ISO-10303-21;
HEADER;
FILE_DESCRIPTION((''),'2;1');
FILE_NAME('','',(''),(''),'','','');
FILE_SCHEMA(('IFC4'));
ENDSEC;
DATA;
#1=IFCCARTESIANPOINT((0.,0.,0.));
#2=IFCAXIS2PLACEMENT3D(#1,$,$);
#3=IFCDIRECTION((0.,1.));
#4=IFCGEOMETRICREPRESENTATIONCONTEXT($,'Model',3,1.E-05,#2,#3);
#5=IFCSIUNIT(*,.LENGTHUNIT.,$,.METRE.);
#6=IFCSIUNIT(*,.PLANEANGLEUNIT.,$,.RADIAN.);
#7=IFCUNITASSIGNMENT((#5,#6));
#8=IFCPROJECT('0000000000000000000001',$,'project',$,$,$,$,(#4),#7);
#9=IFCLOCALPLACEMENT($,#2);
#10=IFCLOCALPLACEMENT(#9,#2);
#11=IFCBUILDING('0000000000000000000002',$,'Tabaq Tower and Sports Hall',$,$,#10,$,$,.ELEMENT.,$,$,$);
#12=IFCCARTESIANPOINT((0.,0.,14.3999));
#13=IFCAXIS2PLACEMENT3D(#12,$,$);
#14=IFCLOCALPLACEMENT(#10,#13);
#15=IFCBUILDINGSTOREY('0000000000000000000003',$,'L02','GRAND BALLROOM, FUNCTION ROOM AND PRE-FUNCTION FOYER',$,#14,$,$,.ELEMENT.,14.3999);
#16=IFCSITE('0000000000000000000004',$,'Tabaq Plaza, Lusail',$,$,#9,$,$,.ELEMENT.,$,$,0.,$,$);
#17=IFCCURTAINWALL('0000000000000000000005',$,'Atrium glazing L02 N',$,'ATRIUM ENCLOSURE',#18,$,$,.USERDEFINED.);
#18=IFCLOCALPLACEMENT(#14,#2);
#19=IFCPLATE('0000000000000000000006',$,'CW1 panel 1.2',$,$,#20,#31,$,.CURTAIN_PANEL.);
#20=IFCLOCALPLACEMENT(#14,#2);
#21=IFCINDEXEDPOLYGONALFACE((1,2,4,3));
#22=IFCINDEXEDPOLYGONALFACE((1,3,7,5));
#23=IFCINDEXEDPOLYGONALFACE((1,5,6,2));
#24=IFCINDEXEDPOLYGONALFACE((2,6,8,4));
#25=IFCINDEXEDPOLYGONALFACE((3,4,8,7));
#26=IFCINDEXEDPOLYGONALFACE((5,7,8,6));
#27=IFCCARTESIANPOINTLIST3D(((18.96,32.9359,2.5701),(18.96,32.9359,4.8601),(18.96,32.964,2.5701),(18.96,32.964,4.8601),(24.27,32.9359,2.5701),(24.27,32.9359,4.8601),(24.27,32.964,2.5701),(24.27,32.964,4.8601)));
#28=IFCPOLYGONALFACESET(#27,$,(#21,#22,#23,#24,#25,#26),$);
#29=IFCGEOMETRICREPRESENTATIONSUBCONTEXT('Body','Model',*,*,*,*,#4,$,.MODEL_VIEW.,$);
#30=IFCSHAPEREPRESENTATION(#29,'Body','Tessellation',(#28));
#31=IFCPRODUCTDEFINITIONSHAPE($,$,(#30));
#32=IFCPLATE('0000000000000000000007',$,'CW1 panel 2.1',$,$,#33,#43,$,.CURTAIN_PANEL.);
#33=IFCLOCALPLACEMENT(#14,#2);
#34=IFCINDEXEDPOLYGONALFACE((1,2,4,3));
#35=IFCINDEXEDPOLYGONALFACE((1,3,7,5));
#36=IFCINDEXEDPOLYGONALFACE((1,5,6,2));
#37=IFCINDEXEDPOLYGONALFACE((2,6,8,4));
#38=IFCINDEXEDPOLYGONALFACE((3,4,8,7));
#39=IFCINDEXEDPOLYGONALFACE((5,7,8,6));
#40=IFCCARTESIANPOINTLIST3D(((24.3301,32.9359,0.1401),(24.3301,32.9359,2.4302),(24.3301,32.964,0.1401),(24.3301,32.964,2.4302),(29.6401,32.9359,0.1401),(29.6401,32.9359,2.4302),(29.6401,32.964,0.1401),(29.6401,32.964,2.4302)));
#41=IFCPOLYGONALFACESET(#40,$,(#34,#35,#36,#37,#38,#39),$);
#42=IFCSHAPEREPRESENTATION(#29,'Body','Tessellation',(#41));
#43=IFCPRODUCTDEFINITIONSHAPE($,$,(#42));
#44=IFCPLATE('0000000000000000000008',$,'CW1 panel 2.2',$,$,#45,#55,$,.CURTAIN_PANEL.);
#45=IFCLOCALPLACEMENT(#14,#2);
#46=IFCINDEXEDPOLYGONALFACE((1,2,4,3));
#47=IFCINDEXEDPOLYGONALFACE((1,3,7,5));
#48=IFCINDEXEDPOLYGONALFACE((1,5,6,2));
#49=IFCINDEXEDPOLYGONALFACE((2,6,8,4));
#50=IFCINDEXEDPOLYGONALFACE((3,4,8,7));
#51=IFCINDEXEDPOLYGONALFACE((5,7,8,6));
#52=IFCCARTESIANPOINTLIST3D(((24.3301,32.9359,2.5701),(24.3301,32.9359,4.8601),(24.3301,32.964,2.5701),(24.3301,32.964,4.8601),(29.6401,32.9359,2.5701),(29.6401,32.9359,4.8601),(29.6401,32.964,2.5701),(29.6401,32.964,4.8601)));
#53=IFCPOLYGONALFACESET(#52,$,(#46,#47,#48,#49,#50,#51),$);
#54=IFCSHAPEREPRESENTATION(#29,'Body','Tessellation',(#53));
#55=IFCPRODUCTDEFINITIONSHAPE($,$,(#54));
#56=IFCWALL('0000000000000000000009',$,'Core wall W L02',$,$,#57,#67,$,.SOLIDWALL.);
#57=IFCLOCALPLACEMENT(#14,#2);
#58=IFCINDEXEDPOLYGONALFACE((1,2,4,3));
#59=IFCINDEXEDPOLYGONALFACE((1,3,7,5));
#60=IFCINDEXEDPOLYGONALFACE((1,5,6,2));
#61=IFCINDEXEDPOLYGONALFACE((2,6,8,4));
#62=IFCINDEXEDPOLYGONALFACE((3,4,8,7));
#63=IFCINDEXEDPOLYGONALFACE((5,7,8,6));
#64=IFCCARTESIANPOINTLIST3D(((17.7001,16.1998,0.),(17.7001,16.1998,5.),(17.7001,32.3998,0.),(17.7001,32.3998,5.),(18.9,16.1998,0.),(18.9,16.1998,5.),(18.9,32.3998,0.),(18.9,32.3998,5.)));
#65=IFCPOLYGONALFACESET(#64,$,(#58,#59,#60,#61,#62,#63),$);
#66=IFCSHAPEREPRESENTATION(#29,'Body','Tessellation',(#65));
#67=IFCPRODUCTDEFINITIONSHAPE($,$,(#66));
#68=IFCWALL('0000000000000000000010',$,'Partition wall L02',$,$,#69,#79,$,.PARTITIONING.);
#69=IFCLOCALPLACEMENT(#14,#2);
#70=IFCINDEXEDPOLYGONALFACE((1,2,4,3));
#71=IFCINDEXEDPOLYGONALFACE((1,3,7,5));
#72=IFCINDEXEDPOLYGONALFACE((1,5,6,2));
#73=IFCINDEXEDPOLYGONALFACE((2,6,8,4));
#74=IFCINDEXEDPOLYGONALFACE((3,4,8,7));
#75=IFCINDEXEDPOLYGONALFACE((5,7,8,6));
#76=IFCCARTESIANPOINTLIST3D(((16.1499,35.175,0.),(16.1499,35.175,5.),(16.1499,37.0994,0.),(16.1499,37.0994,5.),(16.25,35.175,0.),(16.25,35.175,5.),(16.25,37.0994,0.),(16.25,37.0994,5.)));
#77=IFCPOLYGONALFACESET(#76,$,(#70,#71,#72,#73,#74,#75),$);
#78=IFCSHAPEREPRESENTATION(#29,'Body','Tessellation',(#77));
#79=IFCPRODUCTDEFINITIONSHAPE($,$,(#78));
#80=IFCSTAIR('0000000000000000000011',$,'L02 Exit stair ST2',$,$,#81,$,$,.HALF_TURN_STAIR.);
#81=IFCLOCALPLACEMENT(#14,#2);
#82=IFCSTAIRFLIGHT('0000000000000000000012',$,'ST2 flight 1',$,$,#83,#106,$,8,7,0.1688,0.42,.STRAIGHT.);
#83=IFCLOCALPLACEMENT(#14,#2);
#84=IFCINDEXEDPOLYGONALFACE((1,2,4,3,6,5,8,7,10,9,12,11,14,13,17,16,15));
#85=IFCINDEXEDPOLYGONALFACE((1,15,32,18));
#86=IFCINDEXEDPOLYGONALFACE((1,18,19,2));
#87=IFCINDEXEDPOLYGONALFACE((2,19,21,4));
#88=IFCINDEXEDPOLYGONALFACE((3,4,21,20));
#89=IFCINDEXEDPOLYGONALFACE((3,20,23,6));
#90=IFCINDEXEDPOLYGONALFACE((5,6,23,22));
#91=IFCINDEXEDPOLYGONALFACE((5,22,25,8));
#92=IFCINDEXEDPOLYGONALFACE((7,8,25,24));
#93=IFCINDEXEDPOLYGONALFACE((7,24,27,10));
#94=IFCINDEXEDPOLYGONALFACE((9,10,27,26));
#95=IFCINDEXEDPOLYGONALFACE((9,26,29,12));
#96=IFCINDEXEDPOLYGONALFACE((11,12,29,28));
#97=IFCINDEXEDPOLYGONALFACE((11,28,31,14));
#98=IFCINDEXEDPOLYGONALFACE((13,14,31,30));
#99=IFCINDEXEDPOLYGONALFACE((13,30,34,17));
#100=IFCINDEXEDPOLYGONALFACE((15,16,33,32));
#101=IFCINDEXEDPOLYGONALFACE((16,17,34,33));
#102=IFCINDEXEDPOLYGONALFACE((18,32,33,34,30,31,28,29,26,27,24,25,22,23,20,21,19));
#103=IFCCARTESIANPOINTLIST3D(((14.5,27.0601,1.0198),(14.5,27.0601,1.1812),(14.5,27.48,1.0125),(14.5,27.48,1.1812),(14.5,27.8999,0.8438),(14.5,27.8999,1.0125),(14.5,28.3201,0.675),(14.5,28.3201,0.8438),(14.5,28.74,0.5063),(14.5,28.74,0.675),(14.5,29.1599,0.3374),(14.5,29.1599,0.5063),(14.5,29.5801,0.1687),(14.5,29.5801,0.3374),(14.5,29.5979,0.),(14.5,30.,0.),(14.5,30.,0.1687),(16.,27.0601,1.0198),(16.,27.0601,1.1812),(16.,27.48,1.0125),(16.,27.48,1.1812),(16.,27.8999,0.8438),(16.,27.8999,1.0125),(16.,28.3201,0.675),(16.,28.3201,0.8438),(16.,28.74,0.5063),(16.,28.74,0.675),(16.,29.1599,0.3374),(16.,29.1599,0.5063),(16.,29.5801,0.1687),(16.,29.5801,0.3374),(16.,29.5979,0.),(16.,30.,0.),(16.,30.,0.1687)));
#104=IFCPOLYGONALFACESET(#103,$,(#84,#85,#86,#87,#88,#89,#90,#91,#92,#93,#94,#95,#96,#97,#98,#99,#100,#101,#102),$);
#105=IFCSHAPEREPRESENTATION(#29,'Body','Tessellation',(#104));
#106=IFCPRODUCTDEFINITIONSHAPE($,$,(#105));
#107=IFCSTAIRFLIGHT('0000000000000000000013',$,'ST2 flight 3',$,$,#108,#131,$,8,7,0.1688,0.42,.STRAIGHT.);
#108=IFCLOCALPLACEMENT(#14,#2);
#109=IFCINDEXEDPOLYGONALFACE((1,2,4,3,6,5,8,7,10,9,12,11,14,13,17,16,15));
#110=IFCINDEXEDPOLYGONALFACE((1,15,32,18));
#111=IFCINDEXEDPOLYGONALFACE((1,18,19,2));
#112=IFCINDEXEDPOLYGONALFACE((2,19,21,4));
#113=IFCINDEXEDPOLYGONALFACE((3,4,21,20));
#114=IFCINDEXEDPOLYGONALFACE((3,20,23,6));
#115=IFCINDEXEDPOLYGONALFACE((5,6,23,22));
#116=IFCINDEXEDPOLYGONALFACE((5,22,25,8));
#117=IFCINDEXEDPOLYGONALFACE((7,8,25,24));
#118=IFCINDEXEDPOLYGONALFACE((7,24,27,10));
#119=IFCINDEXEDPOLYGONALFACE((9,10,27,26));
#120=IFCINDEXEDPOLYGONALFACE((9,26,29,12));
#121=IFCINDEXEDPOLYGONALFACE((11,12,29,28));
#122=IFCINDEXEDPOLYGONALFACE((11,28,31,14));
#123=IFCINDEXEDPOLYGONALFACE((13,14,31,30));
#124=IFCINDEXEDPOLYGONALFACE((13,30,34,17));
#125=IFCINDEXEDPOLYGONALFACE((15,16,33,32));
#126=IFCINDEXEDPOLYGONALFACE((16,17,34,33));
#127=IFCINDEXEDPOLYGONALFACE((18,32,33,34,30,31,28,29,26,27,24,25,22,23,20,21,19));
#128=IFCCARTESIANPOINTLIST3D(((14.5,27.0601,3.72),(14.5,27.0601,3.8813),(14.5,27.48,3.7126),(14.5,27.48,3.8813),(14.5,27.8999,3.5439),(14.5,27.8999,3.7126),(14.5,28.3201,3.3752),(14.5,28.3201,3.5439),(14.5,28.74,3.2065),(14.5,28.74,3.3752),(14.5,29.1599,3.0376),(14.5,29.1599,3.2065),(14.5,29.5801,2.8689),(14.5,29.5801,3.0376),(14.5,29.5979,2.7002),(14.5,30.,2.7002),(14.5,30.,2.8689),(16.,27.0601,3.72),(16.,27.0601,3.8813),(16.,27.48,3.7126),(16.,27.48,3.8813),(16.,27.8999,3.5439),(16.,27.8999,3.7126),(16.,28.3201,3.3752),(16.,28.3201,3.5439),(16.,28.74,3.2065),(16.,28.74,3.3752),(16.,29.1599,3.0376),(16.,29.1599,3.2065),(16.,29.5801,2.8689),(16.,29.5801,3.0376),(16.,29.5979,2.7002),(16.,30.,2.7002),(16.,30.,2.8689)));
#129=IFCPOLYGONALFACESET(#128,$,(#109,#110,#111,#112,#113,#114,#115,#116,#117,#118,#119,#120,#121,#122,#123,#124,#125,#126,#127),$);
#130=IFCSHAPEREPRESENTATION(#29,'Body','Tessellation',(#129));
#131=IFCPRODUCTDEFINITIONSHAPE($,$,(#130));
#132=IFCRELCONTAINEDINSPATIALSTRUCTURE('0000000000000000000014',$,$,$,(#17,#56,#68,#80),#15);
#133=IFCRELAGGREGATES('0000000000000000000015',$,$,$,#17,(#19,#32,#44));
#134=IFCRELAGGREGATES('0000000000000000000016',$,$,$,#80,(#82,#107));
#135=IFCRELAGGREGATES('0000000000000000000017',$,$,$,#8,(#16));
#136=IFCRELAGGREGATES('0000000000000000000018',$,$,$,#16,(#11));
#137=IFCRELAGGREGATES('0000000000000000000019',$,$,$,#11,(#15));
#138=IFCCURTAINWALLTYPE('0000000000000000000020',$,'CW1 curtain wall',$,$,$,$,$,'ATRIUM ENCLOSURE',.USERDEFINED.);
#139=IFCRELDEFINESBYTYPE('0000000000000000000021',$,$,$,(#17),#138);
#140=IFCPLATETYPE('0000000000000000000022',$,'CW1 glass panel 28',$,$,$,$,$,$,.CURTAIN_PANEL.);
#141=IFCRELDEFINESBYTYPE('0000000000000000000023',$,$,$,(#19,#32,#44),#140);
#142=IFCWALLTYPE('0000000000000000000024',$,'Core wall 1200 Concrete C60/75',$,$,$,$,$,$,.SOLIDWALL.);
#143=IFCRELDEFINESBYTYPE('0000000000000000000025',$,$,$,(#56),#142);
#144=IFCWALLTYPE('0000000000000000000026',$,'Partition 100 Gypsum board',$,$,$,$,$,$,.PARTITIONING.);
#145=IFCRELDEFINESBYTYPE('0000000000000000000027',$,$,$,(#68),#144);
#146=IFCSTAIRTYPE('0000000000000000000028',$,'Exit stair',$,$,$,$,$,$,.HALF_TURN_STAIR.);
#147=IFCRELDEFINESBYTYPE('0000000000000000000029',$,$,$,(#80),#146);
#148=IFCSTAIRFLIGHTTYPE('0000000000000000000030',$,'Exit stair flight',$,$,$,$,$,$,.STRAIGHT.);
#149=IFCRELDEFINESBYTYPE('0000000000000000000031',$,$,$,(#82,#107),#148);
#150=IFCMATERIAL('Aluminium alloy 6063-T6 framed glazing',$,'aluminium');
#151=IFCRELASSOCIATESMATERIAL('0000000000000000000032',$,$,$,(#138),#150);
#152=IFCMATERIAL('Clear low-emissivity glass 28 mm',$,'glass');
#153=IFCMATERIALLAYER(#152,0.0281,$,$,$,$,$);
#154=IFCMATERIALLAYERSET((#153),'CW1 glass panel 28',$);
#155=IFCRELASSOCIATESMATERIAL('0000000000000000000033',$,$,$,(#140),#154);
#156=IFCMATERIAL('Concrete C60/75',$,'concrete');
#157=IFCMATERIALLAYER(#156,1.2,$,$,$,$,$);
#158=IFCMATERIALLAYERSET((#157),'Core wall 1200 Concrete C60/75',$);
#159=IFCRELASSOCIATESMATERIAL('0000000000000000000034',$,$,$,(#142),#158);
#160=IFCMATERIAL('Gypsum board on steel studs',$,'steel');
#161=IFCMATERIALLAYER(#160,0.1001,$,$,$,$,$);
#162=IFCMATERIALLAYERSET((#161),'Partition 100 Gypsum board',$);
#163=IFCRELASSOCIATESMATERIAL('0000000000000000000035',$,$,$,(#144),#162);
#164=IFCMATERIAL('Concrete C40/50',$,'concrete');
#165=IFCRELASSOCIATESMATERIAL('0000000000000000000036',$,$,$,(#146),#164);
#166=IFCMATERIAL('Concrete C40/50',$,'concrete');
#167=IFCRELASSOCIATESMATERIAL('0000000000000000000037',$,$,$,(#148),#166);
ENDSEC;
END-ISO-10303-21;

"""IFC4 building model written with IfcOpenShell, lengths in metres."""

from ifc_helpers import new_model, si_unit, direction, frame, frame_2d, origin, origin_2d, place, context, subcontext, project, spatial, polyline, rectangle, outline, extrude, material, layer, layer_set, type_object, element, aggregate, save


model = new_model("IFC4")

# Units and contexts
model_context = context("Model", 3, precision=1e-05, world=origin(), true_north=direction((0.0, 1.0)))
body_context = subcontext(model_context, "Body", "Model", "MODEL_VIEW")
ifc_project = project(units=[si_unit("LENGTHUNIT", "METRE"), si_unit("PLANEANGLEUNIT", "RADIAN")], contexts=[model_context])

# Site, building, storey
site_placement = place(None, origin())
site = spatial("IfcSite", under=ifc_project, at=site_placement, Name="Tabaq Plaza, Lusail", CompositionType="ELEMENT", RefElevation=0.0)
building_placement = place(site_placement, origin())
building = spatial("IfcBuilding", under=site, at=building_placement, Name="Tabaq Tower and Sports Hall", CompositionType="ELEMENT")
storey_placement = place(building_placement, frame((0.0, 0.0, 14.3999)))
storey = spatial("IfcBuildingStorey", under=building, at=storey_placement, Name="L02", Description="GRAND BALLROOM, FUNCTION ROOM AND PRE-FUNCTION FOYER", CompositionType="ELEMENT", Elevation=14.3999)

# Curtain wall
ifc_material_1 = material(Name="Aluminium alloy 6063-T6 framed glazing", Category="aluminium")
curtain_wall_type = type_object("IfcCurtainWallType", Name="CW1 curtain wall", ElementType="ATRIUM ENCLOSURE", PredefinedType="USERDEFINED", material=ifc_material_1)
curtain_wall_placement = place(storey_placement, origin())
curtain_wall = element("IfcCurtainWall", 1, at=curtain_wall_placement, inside=storey, type_object=curtain_wall_type, Name="Atrium glazing L02 N", ObjectType="ATRIUM ENCLOSURE", PredefinedType="USERDEFINED")

# Plates
ifc_material_2 = material(Name="Clear low-emissivity glass 28 mm", Category="glass")
ifc_layer_1 = layer(ifc_material_2, 0.0281)
ifc_layer_set_1 = layer_set([ifc_layer_1], Name="CW1 glass panel 28")
plate_type = type_object("IfcPlateType", Name="CW1 glass panel 28", PredefinedType="CURTAIN_PANEL", material=ifc_layer_set_1)
plate_1_placement = place(storey_placement, frame((21.615, 32.95, 2.5701), z_axis=(0.0, 0.0, 1.0), x_axis=(1.0, 0.0, 0.0)))
plate_1 = element("IfcPlate", 2, at=plate_1_placement, type_object=plate_type, Name="CW1 panel 1.2", PredefinedType="CURTAIN_PANEL", context=body_context, shape_type="SweptSolid", body=[
    extrude(rectangle(XDim=5.3101, YDim=0.0281, at=origin_2d()), origin(), (0.0, 0.0, 1.0), 2.29),
])
plate_2_placement = place(storey_placement, frame((26.9851, 32.95, 0.1401), z_axis=(0.0, 0.0, 1.0), x_axis=(1.0, 0.0, 0.0)))
plate_2 = element("IfcPlate", 3, at=plate_2_placement, type_object=plate_type, Name="CW1 panel 2.1", PredefinedType="CURTAIN_PANEL", context=body_context, shape_type="SweptSolid", body=[
    extrude(rectangle(XDim=5.3101, YDim=0.0281, at=origin_2d()), origin(), (0.0, 0.0, 1.0), 2.29),
])
plate_3_placement = place(storey_placement, frame((26.9851, 32.95, 2.5701), z_axis=(0.0, 0.0, 1.0), x_axis=(1.0, 0.0, 0.0)))
plate_3 = element("IfcPlate", 4, at=plate_3_placement, type_object=plate_type, Name="CW1 panel 2.2", PredefinedType="CURTAIN_PANEL", context=body_context, shape_type="SweptSolid", body=[
    extrude(rectangle(XDim=5.3101, YDim=0.0281, at=origin_2d()), origin(), (0.0, 0.0, 1.0), 2.29),
])
aggregate(curtain_wall, [plate_1, plate_2, plate_3])

# Walls
ifc_material_3 = material(Name="Concrete C60/75", Category="concrete")
ifc_layer_2 = layer(ifc_material_3, 1.2)
ifc_layer_set_2 = layer_set([ifc_layer_2], Name="Core wall 1200 Concrete C60/75")
wall_type_1 = type_object("IfcWallType", Name="Core wall 1200 Concrete C60/75", PredefinedType="SOLIDWALL", material=ifc_layer_set_2)
wall_1_placement = place(storey_placement, frame((18.3, 32.3999, 0.0), z_axis=(0.0, 0.0, 1.0), x_axis=(0.0, -1.0, 0.0)))
element("IfcWall", 5, at=wall_1_placement, inside=storey, type_object=wall_type_1, Name="Core wall W L02", PredefinedType="SOLIDWALL", context=body_context, shape_type="SweptSolid", body=[
    extrude(rectangle(XDim=16.2, YDim=1.2, at=frame_2d((8.1001, 0.0))), origin(), (0.0, 0.0, 1.0), 5.0),
])
ifc_material_4 = material(Name="Gypsum board on steel studs", Category="steel")
ifc_layer_3 = layer(ifc_material_4, 0.1001)
ifc_layer_set_3 = layer_set([ifc_layer_3], Name="Partition 100 Gypsum board")
wall_type_2 = type_object("IfcWallType", Name="Partition 100 Gypsum board", PredefinedType="PARTITIONING", material=ifc_layer_set_3)
wall_2_placement = place(storey_placement, frame((16.2, 35.175, 0.0), z_axis=(0.0, 0.0, 1.0), x_axis=(0.0, 1.0, 0.0)))
element("IfcWall", 6, at=wall_2_placement, inside=storey, type_object=wall_type_2, Name="Partition wall L02", PredefinedType="PARTITIONING", context=body_context, shape_type="SweptSolid", body=[
    extrude(rectangle(XDim=1.9243, YDim=0.1001, at=frame_2d((0.9622, 0.0))), origin(), (0.0, 0.0, 1.0), 5.0),
])

# Stair, stair flights
ifc_material_5 = material(Name="Concrete C40/50", Category="concrete")
stair_type = type_object("IfcStairType", Name="Exit stair", PredefinedType="HALF_TURN_STAIR", material=ifc_material_5)
stair_placement = place(storey_placement, origin())
stair = element("IfcStair", 7, at=stair_placement, inside=storey, type_object=stair_type, Name="L02 Exit stair ST2", PredefinedType="HALF_TURN_STAIR")
ifc_material_6 = material(Name="Concrete C40/50", Category="concrete")
stair_flight_type = type_object("IfcStairFlightType", Name="Exit stair flight", PredefinedType="STRAIGHT", material=ifc_material_6)
stair_flight_1_placement = place(storey_placement, frame((15.25, 30.0, 0.0), z_axis=(0.0, 0.0, 1.0), x_axis=(0.0, -1.0, 0.0)))
stair_flight_1 = element("IfcStairFlight", 8, at=stair_flight_1_placement, type_object=stair_flight_type, Name="ST2 flight 1", NumberOfRisers=8, NumberOfTreads=7, PredefinedType="STRAIGHT", RiserHeight=0.1688, TreadLength=0.42, context=body_context, shape_type="SweptSolid", body=[
    extrude(outline(polyline([(0.0, 0.0), (0.0, 0.1687), (0.4199, 0.1687), (0.4199, 0.3374), (0.8401, 0.3374), (0.8401, 0.5063), (1.26, 0.5063), (1.26, 0.675), (1.6799, 0.675), (1.6799, 0.8438), (2.1001, 0.8438), (2.1001, 1.0125), (2.52, 1.0125), (2.52, 1.1812), (2.9399, 1.1812), (2.9399, 1.3501), (2.9399, 1.0198), (0.4021, 0.0), (0.0, 0.0)])), frame((0.0, 0.75, 0.0), z_axis=(0.0, -1.0, 0.0), x_axis=(1.0, 0.0, 0.0)), (0.0, 0.0, 1.0), 1.5),
])
stair_flight_2_placement = place(storey_placement, frame((15.25, 30.0, 2.7002), z_axis=(0.0, 0.0, 1.0), x_axis=(0.0, -1.0, 0.0)))
stair_flight_2 = element("IfcStairFlight", 9, at=stair_flight_2_placement, type_object=stair_flight_type, Name="ST2 flight 3", NumberOfRisers=8, NumberOfTreads=7, PredefinedType="STRAIGHT", RiserHeight=0.1688, TreadLength=0.42, context=body_context, shape_type="SweptSolid", body=[
    extrude(outline(polyline([(0.0, 0.0), (0.0, 0.1687), (0.4199, 0.1687), (0.4199, 0.3374), (0.8401, 0.3374), (0.8401, 0.5063), (1.26, 0.5063), (1.26, 0.675), (1.6799, 0.675), (1.6799, 0.8438), (2.1001, 0.8438), (2.1001, 1.0125), (2.52, 1.0125), (2.52, 1.1812), (2.9399, 1.1812), (2.9399, 1.3501), (2.9399, 1.0198), (0.4021, 0.0), (0.0, 0.0)])), frame((0.0, 0.75, 0.0), z_axis=(0.0, -1.0, 0.0), x_axis=(1.0, 0.0, 0.0)), (0.0, 0.0, 1.0), 1.5),
])
aggregate(stair, [stair_flight_1, stair_flight_2])

save(model, "model.ifc")
